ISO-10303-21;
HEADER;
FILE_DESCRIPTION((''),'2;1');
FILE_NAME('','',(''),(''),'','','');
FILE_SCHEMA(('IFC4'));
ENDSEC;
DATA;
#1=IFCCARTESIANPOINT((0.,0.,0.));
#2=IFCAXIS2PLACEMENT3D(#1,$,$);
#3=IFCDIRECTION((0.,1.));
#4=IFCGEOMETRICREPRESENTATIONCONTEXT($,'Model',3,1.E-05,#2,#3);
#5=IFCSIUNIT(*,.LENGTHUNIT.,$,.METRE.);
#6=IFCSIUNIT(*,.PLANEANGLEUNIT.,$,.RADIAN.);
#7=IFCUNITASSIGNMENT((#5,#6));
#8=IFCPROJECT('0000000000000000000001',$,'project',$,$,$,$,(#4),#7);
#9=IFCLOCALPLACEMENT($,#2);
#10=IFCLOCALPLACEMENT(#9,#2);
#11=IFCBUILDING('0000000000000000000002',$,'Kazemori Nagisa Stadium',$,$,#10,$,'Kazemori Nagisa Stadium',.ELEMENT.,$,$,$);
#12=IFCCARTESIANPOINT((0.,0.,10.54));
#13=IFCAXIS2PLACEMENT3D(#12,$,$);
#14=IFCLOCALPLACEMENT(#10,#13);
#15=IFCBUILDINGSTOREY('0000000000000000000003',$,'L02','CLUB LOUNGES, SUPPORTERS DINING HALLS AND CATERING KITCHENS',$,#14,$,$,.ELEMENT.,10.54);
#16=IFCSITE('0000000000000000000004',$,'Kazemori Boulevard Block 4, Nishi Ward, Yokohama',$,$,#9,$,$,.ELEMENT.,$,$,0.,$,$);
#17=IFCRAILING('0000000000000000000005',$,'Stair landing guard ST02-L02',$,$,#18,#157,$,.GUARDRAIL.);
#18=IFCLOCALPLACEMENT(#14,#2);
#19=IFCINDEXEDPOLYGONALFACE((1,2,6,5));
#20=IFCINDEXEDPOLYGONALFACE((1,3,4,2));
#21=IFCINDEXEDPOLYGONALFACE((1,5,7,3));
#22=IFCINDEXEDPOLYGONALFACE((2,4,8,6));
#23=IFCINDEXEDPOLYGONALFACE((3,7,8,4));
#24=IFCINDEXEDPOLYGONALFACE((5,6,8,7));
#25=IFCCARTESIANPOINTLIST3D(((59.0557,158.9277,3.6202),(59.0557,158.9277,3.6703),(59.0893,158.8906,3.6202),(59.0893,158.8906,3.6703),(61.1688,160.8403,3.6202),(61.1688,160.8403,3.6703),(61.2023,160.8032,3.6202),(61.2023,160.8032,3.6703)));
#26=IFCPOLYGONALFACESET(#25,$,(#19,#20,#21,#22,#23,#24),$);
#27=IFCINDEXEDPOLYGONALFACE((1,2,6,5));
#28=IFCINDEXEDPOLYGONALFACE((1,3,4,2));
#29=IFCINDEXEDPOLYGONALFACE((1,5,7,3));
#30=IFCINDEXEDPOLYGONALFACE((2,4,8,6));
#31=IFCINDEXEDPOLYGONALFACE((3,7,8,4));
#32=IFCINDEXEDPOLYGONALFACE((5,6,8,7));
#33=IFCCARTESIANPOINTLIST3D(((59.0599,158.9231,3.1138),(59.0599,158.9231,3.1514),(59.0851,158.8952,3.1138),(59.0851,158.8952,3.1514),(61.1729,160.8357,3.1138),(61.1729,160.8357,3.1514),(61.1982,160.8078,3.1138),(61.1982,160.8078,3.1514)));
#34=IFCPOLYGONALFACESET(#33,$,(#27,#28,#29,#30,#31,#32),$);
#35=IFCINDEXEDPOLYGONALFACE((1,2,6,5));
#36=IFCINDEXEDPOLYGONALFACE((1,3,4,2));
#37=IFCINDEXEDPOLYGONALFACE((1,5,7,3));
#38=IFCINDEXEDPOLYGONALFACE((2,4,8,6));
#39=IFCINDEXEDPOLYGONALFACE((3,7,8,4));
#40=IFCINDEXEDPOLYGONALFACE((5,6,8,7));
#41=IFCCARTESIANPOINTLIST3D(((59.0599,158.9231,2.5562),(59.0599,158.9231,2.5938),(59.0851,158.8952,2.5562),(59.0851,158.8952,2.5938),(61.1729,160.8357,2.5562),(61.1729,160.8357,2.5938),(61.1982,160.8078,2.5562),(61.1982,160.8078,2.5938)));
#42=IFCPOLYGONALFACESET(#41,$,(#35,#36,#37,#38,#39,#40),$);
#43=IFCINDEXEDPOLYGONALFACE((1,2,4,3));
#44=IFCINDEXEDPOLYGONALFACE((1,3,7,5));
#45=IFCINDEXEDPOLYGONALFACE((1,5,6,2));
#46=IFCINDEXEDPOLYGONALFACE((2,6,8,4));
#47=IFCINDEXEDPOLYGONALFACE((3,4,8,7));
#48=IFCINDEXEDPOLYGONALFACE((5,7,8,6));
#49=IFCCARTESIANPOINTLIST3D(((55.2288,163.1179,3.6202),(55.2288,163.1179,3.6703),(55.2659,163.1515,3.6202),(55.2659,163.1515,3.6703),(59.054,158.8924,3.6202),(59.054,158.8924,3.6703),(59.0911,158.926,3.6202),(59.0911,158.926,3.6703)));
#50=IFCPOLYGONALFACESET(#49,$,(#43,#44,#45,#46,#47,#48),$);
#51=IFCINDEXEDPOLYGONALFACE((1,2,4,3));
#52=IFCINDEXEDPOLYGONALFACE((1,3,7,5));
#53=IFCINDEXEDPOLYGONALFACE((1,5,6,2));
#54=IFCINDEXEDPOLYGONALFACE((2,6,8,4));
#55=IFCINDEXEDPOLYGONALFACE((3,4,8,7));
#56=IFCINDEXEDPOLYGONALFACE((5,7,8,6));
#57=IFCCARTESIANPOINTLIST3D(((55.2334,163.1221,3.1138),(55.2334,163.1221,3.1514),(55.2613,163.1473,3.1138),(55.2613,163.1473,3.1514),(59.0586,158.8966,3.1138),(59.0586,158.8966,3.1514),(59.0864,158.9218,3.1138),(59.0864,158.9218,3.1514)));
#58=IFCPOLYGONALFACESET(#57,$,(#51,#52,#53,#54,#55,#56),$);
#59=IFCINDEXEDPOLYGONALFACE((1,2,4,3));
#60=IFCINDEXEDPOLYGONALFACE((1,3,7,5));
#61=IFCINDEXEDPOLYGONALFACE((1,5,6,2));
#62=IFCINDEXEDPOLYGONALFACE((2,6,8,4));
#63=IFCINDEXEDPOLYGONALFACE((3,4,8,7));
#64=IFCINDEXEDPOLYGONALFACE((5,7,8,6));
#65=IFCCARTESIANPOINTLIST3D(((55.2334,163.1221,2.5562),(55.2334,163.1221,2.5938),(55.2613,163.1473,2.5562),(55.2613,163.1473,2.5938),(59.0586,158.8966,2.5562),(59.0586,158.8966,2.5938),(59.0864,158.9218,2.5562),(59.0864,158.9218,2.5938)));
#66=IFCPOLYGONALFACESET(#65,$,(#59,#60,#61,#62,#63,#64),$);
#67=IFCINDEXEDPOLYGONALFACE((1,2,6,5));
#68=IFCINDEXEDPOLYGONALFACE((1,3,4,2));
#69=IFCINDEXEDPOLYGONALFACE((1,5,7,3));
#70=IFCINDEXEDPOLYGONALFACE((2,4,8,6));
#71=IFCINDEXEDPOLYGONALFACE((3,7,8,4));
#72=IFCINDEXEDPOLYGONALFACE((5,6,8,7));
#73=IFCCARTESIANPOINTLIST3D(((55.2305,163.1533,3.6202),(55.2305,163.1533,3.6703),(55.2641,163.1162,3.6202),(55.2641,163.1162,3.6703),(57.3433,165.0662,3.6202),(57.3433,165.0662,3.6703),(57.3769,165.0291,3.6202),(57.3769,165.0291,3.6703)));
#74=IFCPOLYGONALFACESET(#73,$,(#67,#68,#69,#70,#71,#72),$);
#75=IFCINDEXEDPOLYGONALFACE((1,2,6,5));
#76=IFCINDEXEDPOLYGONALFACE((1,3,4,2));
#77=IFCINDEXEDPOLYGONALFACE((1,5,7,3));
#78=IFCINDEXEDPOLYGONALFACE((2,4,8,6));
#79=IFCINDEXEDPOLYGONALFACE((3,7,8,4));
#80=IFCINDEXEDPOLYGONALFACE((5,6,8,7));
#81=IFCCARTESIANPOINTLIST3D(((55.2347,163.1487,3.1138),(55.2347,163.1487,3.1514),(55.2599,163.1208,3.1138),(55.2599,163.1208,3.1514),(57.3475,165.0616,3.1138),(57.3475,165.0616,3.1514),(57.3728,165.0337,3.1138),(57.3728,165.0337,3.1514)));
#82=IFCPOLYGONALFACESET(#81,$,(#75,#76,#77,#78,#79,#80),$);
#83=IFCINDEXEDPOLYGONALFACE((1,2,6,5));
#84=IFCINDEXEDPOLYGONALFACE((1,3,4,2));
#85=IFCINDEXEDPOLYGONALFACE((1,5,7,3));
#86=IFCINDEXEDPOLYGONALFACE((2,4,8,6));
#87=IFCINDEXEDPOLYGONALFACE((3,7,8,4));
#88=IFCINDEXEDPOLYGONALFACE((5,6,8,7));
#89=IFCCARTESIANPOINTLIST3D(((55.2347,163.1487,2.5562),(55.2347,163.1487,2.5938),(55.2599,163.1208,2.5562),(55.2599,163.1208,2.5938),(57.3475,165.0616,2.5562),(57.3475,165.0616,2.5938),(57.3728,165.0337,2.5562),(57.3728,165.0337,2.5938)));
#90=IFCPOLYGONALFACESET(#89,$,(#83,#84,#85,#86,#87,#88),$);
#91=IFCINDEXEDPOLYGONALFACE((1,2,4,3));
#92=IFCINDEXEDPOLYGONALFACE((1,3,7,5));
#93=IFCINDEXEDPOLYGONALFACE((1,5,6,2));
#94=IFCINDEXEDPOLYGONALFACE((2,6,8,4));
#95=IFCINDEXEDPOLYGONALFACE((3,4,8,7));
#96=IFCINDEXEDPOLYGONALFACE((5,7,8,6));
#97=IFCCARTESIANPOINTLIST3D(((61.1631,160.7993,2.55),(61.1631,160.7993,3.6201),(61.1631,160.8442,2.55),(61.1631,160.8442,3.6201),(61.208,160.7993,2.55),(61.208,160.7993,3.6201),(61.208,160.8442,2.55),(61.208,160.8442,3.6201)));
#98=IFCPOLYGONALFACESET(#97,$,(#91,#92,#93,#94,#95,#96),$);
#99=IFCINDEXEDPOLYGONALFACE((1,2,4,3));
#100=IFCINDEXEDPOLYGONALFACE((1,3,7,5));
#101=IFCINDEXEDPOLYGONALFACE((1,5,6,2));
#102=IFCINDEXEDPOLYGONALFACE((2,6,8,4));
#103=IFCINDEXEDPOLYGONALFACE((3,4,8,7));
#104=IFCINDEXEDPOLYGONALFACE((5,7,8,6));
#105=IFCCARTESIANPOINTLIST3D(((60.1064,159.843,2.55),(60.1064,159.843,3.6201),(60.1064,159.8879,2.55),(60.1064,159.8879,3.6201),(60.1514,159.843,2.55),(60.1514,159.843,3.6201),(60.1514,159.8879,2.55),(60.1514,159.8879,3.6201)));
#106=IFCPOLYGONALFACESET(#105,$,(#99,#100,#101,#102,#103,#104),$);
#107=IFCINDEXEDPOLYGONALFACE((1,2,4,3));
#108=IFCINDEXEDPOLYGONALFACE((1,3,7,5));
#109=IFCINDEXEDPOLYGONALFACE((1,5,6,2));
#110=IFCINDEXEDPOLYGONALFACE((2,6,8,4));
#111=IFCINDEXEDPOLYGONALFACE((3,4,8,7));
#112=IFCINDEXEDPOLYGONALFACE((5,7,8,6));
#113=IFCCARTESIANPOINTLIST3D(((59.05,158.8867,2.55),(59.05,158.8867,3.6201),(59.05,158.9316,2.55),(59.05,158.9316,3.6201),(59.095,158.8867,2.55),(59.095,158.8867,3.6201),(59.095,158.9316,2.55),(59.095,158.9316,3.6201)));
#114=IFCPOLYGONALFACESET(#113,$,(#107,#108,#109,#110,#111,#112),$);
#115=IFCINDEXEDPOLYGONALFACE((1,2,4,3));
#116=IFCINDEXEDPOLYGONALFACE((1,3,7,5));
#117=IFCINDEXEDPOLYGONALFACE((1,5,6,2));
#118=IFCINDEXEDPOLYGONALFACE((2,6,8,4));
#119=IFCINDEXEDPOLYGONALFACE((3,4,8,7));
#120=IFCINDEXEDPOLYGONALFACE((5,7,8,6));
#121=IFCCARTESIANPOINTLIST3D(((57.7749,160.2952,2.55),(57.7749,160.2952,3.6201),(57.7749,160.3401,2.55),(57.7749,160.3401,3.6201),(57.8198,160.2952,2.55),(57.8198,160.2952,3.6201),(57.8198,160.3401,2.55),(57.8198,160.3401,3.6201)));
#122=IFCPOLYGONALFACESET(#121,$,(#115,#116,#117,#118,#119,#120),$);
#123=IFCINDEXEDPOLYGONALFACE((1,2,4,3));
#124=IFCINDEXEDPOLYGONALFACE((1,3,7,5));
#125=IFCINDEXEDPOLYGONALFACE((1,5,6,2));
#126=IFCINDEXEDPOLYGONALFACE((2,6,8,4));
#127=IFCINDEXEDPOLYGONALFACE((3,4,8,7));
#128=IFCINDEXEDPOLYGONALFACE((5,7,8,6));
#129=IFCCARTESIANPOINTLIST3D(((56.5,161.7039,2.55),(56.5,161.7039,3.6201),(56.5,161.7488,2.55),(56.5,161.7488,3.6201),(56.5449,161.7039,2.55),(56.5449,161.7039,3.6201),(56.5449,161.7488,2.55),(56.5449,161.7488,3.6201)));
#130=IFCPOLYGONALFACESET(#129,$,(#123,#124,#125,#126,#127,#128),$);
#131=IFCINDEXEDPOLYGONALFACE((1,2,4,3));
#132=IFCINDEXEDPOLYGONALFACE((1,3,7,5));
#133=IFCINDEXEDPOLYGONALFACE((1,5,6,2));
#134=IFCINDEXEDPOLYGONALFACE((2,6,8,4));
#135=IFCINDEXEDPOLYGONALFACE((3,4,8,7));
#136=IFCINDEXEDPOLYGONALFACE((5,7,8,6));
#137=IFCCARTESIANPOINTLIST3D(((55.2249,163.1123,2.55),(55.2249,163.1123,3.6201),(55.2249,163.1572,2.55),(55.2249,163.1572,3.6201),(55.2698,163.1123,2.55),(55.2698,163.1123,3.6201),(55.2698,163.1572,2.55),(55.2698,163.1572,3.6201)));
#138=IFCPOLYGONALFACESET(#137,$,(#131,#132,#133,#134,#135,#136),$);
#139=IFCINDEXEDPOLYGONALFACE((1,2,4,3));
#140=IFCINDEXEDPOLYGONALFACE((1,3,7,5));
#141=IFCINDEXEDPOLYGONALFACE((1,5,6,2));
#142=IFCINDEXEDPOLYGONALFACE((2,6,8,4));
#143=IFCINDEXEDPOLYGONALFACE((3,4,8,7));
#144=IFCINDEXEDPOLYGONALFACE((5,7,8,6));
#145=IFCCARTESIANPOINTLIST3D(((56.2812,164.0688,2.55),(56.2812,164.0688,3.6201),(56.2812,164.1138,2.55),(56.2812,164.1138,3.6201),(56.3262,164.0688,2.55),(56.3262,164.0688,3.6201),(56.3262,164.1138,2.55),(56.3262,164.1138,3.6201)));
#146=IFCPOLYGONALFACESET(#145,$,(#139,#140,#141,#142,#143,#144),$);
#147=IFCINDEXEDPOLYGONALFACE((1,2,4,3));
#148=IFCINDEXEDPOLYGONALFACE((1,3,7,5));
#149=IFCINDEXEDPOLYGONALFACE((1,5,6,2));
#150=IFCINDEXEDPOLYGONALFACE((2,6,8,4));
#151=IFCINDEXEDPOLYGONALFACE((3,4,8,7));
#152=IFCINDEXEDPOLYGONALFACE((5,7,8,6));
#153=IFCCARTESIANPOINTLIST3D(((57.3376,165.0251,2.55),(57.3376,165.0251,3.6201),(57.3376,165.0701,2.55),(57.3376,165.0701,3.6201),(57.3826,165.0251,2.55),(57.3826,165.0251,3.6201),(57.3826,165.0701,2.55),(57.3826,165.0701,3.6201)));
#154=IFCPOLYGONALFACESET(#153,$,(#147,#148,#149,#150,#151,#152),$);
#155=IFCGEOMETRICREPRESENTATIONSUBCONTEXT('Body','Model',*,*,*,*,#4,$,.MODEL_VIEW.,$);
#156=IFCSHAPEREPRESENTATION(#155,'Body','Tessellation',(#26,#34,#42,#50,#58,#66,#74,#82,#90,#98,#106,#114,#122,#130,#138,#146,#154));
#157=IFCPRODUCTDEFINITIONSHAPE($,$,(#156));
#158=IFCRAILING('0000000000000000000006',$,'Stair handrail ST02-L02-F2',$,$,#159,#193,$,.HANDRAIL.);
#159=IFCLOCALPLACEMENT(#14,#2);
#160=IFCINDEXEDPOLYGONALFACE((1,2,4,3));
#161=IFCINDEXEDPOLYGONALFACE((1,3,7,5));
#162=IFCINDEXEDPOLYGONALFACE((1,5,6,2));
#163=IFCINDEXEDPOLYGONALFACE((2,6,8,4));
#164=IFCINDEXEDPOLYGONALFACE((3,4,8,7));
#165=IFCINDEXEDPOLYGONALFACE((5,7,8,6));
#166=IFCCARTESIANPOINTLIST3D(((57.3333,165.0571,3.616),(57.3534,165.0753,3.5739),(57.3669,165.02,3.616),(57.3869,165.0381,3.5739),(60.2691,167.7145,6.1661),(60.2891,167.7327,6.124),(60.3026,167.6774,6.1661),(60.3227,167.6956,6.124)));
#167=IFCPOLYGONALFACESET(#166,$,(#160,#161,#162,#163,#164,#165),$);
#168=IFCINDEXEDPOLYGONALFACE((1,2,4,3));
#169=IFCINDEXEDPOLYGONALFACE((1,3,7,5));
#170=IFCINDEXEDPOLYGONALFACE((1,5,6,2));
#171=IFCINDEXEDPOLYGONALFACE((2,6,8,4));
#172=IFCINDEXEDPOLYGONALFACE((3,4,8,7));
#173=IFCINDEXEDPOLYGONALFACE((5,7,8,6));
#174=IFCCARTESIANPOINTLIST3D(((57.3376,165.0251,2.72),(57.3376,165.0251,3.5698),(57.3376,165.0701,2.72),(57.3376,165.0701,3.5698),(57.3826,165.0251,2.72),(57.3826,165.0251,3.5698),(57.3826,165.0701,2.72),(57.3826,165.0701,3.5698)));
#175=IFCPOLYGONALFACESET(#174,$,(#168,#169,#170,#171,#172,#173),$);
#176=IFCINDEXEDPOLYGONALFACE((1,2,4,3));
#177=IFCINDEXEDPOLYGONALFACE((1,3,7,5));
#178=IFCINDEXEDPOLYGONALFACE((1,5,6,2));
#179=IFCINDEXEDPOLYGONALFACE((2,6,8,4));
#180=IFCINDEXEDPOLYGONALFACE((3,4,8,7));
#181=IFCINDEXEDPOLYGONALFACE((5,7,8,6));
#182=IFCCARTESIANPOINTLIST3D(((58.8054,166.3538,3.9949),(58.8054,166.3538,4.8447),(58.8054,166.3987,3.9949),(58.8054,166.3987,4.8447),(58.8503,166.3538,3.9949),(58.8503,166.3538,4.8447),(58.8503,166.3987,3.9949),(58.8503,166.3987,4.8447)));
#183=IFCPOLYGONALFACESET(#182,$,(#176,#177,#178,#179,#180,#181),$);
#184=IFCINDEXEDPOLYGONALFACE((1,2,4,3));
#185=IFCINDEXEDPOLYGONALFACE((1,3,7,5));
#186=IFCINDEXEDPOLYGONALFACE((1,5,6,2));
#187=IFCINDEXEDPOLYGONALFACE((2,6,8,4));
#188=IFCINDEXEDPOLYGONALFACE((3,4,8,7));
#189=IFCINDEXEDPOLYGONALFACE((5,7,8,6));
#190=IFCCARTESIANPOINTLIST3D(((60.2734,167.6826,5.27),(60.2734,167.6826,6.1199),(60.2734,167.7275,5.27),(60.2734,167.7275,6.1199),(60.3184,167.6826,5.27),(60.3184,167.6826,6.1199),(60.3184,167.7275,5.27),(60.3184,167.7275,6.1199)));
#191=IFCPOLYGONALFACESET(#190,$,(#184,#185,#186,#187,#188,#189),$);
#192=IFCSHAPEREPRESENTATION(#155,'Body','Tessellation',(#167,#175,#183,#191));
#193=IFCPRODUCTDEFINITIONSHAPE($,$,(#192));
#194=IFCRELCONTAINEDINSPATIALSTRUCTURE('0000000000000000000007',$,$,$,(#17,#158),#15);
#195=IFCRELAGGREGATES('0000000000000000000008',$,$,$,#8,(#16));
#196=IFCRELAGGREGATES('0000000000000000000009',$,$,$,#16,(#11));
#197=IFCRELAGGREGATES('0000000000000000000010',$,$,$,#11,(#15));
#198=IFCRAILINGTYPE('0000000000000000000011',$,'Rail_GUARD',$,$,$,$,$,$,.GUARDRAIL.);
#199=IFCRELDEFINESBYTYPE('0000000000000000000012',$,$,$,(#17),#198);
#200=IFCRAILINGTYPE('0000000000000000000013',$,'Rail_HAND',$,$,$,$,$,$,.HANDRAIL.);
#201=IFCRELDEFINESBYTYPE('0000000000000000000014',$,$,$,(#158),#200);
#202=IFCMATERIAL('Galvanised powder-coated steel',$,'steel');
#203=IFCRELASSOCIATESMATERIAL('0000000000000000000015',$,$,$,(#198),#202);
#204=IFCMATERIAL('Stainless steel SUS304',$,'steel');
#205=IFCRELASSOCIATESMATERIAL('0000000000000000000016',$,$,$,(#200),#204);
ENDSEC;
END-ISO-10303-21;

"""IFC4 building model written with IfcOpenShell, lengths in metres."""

from ifc_helpers import new_model, si_unit, direction, frame, origin, origin_2d, place, context, subcontext, project, spatial, rectangle, extrude, material, type_object, element, save


model = new_model("IFC4")

# Units and contexts
model_context = context("Model", 3, precision=1e-05, world=origin(), true_north=direction((0.0, 1.0)))
body_context = subcontext(model_context, "Body", "Model", "MODEL_VIEW")
ifc_project = project(units=[si_unit("LENGTHUNIT", "METRE"), si_unit("PLANEANGLEUNIT", "RADIAN")], contexts=[model_context])

# Site, building, storey
site_placement = place(None, origin())
site = spatial("IfcSite", under=ifc_project, at=site_placement, Name="Kazemori Boulevard Block 4, Nishi Ward, Yokohama", CompositionType="ELEMENT", RefElevation=0.0)
building_placement = place(site_placement, origin())
building = spatial("IfcBuilding", under=site, at=building_placement, Name="Kazemori Nagisa Stadium", LongName="Kazemori Nagisa Stadium", CompositionType="ELEMENT")
storey_placement = place(building_placement, frame((0.0, 0.0, 10.54)))
storey = spatial("IfcBuildingStorey", under=building, at=storey_placement, Name="L02", Description="CLUB LOUNGES, SUPPORTERS DINING HALLS AND CATERING KITCHENS", CompositionType="ELEMENT", Elevation=10.54)

# Shared definitions
ifc_material_1 = material(Name="Stainless steel SUS304", Category="steel")

# Railings
ifc_material_2 = material(Name="Galvanised powder-coated steel", Category="steel")
railing_type_1 = type_object("IfcRailingType", Name="Rail_GUARD", PredefinedType="GUARDRAIL", material=ifc_material_2)
railing_1_placement = place(storey_placement, frame((61.1855, 160.8218, 2.55)))
element("IfcRailing", 1, at=railing_1_placement, inside=storey, type_object=railing_type_1, Name="Stair landing guard ST02-L02", PredefinedType="GUARDRAIL", context=body_context, shape_type="SweptSolid", body=[
    extrude(rectangle(XDim=0.05, YDim=0.05, at=origin_2d()), frame((0.0, 0.0, 1.0952), z_axis=(-0.741396, -0.671068, 0.0), x_axis=(0.671068, -0.741396, 0.0)), (0.0, 0.0, 1.0), 2.8501),
    extrude(rectangle(XDim=0.0376, YDim=0.0376, at=origin_2d()), frame((0.0, 0.0, 0.5825), z_axis=(-0.741396, -0.671068, 0.0), x_axis=(0.671068, -0.741396, 0.0)), (0.0, 0.0, 1.0), 2.8501),
    extrude(rectangle(XDim=0.0376, YDim=0.0376, at=origin_2d()), frame((0.0, 0.0, 0.0249), z_axis=(-0.741396, -0.671068, 0.0), x_axis=(0.671068, -0.741396, 0.0)), (0.0, 0.0, 1.0), 2.8501),
    extrude(rectangle(XDim=0.05, YDim=0.05, at=origin_2d()), frame((-2.113, -1.9126, 1.0952), z_axis=(-0.671111, 0.741357, 0.0), x_axis=(-0.741357, -0.671111, 0.0)), (0.0, 0.0, 1.0), 5.6997),
    extrude(rectangle(XDim=0.0376, YDim=0.0376, at=origin_2d()), frame((-2.113, -1.9126, 0.5825), z_axis=(-0.671111, 0.741357, 0.0), x_axis=(-0.741357, -0.671111, 0.0)), (0.0, 0.0, 1.0), 5.6997),
    extrude(rectangle(XDim=0.0376, YDim=0.0376, at=origin_2d()), frame((-2.113, -1.9126, 0.0249), z_axis=(-0.671111, 0.741357, 0.0), x_axis=(-0.741357, -0.671111, 0.0)), (0.0, 0.0, 1.0), 5.6997),
    extrude(rectangle(XDim=0.05, YDim=0.05, at=origin_2d()), frame((-5.9382, 2.313, 1.0952), z_axis=(0.741315, 0.671158, 0.0), x_axis=(-0.671158, 0.741315, 0.0)), (0.0, 0.0, 1.0), 2.8501),
    extrude(rectangle(XDim=0.0376, YDim=0.0376, at=origin_2d()), frame((-5.9382, 2.313, 0.5825), z_axis=(0.741315, 0.671158, 0.0), x_axis=(-0.671158, 0.741315, 0.0)), (0.0, 0.0, 1.0), 2.8501),
    extrude(rectangle(XDim=0.0376, YDim=0.0376, at=origin_2d()), frame((-5.9382, 2.313, 0.0249), z_axis=(0.741315, 0.671158, 0.0), x_axis=(-0.671158, 0.741315, 0.0)), (0.0, 0.0, 1.0), 2.8501),
    extrude(rectangle(XDim=0.0449, YDim=0.0449, at=origin_2d()), origin(), (0.0, 0.0, 1.0), 1.0701),
    extrude(rectangle(XDim=0.0449, YDim=0.0449, at=origin_2d()), frame((-1.0566, -0.9563, 0.0)), (0.0, 0.0, 1.0), 1.0701),
    extrude(rectangle(XDim=0.0449, YDim=0.0449, at=origin_2d()), frame((-2.113, -1.9126, 0.0)), (0.0, 0.0, 1.0), 1.0701),
    extrude(rectangle(XDim=0.0449, YDim=0.0449, at=origin_2d()), frame((-3.3882, -0.5042, 0.0)), (0.0, 0.0, 1.0), 1.0701),
    extrude(rectangle(XDim=0.0449, YDim=0.0449, at=origin_2d()), frame((-4.6631, 0.9045, 0.0)), (0.0, 0.0, 1.0), 1.0701),
    extrude(rectangle(XDim=0.0449, YDim=0.0449, at=origin_2d()), frame((-5.9382, 2.313, 0.0)), (0.0, 0.0, 1.0), 1.0701),
    extrude(rectangle(XDim=0.0449, YDim=0.0449, at=origin_2d()), frame((-4.8818, 3.2695, 0.0)), (0.0, 0.0, 1.0), 1.0701),
    extrude(rectangle(XDim=0.0449, YDim=0.0449, at=origin_2d()), frame((-3.8254, 4.2258, 0.0)), (0.0, 0.0, 1.0), 1.0701),
])
railing_type_2 = type_object("IfcRailingType", Name="Rail_HAND", PredefinedType="HANDRAIL", material=ifc_material_1)
railing_2_placement = place(storey_placement, frame((57.3601, 165.0476, 2.72)))
element("IfcRailing", 2, at=railing_2_placement, inside=storey, type_object=railing_type_2, Name="Stair handrail ST02-L02-F2", PredefinedType="HANDRAIL", context=body_context, shape_type="SweptSolid", body=[
    extrude(rectangle(XDim=0.05, YDim=0.05, at=origin_2d()), frame((0.0, 0.0, 0.875), z_axis=(0.623315, 0.564223, 0.541416), x_axis=(-0.671091, 0.741375, 0.0)), (0.0, 0.0, 1.0), 4.71),
    extrude(rectangle(XDim=0.0449, YDim=0.0449, at=origin_2d()), origin(), (0.0, 0.0, 1.0), 0.8499),
    extrude(rectangle(XDim=0.0449, YDim=0.0449, at=origin_2d()), frame((1.4678, 1.3286, 1.2749)), (0.0, 0.0, 1.0), 0.8499),
    extrude(rectangle(XDim=0.0449, YDim=0.0449, at=origin_2d()), frame((2.9358, 2.6575, 2.55)), (0.0, 0.0, 1.0), 0.8499),
])

save(model, "model.ifc")
